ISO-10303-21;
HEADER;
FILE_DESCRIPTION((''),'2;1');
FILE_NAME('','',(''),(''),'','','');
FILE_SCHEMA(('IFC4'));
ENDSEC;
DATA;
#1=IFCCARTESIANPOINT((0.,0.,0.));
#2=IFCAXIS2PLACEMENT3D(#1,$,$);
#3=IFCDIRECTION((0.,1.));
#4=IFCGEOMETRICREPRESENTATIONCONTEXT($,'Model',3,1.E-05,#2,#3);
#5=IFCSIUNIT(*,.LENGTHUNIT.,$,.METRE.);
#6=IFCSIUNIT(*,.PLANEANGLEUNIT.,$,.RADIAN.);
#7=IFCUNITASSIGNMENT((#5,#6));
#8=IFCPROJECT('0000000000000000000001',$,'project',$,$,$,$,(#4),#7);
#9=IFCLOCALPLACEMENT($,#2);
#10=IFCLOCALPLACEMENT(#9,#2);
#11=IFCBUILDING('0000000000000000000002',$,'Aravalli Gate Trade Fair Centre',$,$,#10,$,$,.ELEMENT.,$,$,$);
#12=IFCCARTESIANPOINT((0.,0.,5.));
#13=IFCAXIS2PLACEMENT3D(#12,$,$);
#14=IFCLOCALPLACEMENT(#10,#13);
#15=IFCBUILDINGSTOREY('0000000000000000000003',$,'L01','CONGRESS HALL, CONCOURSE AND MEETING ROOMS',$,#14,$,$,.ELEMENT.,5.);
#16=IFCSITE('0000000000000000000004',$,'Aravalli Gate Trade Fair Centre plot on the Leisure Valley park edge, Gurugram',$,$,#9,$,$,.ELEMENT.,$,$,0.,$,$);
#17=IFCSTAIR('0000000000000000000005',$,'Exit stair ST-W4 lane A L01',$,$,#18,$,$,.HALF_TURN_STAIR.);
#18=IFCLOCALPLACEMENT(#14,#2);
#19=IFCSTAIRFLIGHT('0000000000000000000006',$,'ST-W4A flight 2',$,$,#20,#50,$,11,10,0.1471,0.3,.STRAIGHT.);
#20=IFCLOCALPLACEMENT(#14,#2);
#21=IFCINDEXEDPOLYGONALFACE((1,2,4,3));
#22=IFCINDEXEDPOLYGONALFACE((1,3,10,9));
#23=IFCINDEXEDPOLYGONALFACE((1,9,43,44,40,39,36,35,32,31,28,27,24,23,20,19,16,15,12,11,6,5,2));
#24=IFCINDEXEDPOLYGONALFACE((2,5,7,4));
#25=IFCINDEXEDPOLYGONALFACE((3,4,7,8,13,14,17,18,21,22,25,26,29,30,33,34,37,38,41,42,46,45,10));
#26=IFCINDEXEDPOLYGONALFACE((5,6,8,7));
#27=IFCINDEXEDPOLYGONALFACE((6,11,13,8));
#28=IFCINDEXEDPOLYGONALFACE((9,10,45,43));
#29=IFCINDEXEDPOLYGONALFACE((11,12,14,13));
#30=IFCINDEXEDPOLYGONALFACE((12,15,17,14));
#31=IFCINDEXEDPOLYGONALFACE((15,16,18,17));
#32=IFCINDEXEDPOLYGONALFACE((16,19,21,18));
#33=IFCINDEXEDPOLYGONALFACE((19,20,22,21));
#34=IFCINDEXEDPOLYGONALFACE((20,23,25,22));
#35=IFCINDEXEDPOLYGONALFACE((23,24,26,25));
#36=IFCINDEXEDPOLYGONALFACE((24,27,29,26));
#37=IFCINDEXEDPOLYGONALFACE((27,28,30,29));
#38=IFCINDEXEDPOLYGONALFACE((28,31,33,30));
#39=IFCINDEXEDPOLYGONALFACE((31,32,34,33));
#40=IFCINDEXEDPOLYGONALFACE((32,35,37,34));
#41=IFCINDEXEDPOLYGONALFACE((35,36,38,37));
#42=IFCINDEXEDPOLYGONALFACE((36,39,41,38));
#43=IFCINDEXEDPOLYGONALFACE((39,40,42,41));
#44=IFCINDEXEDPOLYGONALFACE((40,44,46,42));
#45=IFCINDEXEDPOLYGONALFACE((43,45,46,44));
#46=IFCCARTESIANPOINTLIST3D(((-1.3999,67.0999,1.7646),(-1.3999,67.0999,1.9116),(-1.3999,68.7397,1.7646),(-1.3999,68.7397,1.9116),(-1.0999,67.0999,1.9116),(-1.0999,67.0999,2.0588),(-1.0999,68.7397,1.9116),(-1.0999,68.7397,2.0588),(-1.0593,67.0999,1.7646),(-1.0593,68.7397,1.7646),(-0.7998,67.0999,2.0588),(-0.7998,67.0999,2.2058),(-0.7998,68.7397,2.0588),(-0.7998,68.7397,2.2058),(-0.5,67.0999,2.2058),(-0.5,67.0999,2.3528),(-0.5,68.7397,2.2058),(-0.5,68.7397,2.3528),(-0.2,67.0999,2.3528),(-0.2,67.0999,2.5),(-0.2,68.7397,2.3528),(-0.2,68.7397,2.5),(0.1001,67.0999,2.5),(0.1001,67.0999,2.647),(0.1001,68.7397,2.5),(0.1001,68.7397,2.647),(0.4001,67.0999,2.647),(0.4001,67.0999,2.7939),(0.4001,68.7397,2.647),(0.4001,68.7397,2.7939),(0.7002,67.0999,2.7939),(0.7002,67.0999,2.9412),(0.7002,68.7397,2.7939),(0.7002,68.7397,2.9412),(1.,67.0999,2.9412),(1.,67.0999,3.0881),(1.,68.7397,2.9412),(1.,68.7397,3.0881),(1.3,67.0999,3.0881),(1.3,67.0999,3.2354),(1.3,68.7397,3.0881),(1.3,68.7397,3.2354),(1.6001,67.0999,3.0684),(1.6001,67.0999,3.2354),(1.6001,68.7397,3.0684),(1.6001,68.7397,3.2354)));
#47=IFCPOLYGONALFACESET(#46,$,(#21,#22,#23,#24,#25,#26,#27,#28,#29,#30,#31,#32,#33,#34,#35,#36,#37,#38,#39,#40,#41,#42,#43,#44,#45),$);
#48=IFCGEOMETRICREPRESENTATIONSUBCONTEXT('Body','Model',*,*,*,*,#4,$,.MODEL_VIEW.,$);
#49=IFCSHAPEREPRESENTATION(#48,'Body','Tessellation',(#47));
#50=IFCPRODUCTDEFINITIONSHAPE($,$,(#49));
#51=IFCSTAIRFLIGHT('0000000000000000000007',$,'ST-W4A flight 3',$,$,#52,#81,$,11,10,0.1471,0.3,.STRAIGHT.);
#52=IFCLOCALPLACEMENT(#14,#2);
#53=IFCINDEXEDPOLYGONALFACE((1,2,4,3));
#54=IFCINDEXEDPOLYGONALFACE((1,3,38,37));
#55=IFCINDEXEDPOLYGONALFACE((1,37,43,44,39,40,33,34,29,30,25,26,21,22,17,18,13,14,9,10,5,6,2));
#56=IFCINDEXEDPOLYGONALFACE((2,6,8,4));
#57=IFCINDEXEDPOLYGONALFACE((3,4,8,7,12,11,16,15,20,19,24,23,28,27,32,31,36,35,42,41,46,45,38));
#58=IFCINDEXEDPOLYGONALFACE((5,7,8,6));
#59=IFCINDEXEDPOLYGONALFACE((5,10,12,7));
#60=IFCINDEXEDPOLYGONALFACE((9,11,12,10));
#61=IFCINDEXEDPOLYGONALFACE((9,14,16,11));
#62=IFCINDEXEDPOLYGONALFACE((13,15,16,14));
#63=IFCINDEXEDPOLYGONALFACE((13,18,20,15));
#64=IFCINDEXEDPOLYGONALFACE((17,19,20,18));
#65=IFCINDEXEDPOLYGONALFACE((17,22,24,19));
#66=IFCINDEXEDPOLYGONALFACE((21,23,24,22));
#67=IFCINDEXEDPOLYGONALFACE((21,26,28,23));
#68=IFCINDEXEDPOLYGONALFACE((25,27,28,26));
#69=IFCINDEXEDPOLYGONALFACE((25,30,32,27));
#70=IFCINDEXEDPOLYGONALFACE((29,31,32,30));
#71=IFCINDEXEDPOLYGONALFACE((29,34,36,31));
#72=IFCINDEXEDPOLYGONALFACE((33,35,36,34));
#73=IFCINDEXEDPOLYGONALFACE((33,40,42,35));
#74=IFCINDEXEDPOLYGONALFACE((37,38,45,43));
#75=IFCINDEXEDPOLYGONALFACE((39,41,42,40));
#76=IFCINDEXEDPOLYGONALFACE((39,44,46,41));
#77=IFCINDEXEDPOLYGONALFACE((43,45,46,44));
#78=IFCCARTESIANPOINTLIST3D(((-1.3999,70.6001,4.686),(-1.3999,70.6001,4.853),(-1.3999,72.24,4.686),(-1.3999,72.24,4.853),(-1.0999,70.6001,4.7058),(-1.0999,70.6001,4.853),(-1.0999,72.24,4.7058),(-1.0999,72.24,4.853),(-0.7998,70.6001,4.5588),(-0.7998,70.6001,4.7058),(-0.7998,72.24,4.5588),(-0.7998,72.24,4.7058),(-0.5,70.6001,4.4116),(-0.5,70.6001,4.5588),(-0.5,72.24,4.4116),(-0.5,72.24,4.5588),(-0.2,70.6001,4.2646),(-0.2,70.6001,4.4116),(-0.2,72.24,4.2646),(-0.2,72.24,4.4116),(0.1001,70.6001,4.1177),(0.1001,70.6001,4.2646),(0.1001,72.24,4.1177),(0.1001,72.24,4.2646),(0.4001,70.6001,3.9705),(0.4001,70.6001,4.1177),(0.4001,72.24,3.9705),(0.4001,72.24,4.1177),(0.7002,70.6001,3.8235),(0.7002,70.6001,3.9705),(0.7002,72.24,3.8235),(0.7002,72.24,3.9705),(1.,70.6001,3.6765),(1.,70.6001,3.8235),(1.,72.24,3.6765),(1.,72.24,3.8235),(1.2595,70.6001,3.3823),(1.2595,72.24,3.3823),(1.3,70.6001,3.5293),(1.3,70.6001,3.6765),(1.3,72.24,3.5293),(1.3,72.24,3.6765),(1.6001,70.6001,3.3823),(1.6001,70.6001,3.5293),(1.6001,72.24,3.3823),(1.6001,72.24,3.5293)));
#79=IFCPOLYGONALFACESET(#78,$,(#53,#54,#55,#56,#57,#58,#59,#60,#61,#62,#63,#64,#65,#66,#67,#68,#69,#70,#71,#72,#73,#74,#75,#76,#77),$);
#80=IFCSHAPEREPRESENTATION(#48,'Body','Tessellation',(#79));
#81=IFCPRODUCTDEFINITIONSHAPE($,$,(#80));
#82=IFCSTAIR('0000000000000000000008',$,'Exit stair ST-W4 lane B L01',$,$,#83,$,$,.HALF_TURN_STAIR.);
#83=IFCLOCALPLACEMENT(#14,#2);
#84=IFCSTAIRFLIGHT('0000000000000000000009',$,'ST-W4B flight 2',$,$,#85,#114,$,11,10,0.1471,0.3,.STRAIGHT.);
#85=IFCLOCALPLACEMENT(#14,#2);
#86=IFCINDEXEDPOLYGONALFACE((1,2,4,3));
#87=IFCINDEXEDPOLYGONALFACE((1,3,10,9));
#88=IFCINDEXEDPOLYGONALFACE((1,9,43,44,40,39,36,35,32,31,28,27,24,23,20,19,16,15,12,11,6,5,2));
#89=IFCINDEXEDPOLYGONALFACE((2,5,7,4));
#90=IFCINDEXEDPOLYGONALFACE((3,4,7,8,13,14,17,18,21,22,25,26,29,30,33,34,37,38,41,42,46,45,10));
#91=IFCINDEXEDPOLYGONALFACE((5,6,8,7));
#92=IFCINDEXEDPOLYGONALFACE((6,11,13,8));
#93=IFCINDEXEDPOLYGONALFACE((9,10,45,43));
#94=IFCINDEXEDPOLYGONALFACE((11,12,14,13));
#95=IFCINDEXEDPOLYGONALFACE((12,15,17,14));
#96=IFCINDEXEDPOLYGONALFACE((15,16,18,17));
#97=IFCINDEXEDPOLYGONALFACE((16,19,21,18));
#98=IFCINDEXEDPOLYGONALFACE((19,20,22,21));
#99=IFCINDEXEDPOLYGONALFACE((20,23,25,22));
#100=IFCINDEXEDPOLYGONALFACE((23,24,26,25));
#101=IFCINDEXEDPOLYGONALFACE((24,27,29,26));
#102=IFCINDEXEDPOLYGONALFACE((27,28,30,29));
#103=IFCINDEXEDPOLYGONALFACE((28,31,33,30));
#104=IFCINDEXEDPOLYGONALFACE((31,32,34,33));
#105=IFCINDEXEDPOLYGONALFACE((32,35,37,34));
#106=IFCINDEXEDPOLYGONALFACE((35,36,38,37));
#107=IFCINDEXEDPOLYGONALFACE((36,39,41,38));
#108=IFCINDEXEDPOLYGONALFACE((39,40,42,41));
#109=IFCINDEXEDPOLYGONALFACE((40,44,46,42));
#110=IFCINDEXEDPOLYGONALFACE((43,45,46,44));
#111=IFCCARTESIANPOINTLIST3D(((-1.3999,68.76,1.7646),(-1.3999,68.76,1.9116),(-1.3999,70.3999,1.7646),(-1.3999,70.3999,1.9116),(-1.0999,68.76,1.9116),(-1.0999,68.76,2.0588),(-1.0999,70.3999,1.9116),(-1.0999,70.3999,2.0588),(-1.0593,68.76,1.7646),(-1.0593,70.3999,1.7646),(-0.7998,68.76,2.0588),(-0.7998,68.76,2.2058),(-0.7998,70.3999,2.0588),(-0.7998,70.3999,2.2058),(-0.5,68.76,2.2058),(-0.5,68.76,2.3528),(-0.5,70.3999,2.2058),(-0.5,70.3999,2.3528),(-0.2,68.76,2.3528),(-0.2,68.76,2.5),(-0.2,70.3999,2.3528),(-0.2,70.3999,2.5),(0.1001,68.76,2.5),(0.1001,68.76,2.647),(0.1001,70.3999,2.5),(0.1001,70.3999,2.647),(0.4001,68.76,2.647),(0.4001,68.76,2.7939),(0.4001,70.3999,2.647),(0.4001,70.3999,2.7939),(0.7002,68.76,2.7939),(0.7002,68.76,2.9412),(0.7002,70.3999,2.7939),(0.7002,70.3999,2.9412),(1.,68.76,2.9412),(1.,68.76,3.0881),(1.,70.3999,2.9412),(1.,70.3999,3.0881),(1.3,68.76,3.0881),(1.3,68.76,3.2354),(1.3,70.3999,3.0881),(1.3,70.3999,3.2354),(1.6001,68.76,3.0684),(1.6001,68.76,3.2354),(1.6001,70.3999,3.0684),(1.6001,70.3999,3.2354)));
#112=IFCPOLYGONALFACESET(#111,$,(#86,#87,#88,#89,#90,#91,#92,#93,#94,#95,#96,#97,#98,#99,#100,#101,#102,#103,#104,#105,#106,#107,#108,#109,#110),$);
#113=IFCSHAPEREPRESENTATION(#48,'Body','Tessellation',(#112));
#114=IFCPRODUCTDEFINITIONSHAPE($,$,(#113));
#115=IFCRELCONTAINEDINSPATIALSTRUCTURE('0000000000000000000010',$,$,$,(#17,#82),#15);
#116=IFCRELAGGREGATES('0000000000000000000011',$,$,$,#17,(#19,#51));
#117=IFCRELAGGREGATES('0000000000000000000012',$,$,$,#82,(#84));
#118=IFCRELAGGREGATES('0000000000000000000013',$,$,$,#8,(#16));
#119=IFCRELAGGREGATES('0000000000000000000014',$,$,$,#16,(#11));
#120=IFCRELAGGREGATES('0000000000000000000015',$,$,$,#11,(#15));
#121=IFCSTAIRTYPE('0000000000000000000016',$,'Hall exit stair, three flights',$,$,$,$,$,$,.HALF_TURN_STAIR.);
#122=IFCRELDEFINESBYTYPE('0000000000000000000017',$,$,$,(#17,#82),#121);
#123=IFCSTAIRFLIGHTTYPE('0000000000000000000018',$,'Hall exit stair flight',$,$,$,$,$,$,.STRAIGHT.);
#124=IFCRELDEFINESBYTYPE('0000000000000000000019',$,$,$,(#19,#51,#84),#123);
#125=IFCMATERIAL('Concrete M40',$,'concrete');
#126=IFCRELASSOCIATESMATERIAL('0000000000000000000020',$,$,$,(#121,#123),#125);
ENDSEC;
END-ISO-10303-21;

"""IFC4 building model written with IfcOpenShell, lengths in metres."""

from ifc_helpers import new_model, si_unit, direction, frame, origin, place, context, subcontext, project, spatial, polyline, outline, extrude, material, type_object, element, aggregate, save


model = new_model("IFC4")

# Units and contexts
model_context = context("Model", 3, precision=1e-05, world=origin(), true_north=direction((0.0, 1.0)))
body_context = subcontext(model_context, "Body", "Model", "MODEL_VIEW")
ifc_project = project(units=[si_unit("LENGTHUNIT", "METRE"), si_unit("PLANEANGLEUNIT", "RADIAN")], contexts=[model_context])

# Site, building, storey
site_placement = place(None, origin())
site = spatial("IfcSite", under=ifc_project, at=site_placement, Name="Aravalli Gate Trade Fair Centre plot on the Leisure Valley park edge, Gurugram", CompositionType="ELEMENT", RefElevation=0.0)
building_placement = place(site_placement, origin())
building = spatial("IfcBuilding", under=site, at=building_placement, Name="Aravalli Gate Trade Fair Centre", CompositionType="ELEMENT")
storey_placement = place(building_placement, frame((0.0, 0.0, 5.0)))
storey = spatial("IfcBuildingStorey", under=building, at=storey_placement, Name="L01", Description="CONGRESS HALL, CONCOURSE AND MEETING ROOMS", CompositionType="ELEMENT", Elevation=5.0)

# Shared definitions
ifc_material_1 = material(Name="Concrete M40", Category="concrete")

# Stair, stair flights
stair_type = type_object("IfcStairType", Name="Hall exit stair, three flights", PredefinedType="HALF_TURN_STAIR", material=ifc_material_1)
stair_1_placement = place(storey_placement, origin())
stair_1 = element("IfcStair", 1, at=stair_1_placement, inside=storey, type_object=stair_type, Name="Exit stair ST-W4 lane A L01", PredefinedType="HALF_TURN_STAIR")
stair_flight_type = type_object("IfcStairFlightType", Name="Hall exit stair flight", PredefinedType="STRAIGHT", material=ifc_material_1)
stair_flight_1_placement = place(storey_placement, frame((-1.3999, 67.9199, 1.7646), z_axis=(0.0, 0.0, 1.0), x_axis=(1.0, 0.0, 0.0)))
stair_flight_1 = element("IfcStairFlight", 2, at=stair_flight_1_placement, type_object=stair_flight_type, Name="ST-W4A flight 2", NumberOfRisers=11, NumberOfTreads=10, PredefinedType="STRAIGHT", RiserHeight=0.1471, TreadLength=0.3, context=body_context, shape_type="SweptSolid", body=[
    extrude(outline(polyline([(0.0, 0.0), (0.0, 0.147), (0.3, 0.147), (0.3, 0.2942), (0.6001, 0.2942), (0.6001, 0.4412), (0.8999, 0.4412), (0.8999, 0.5881), (1.2, 0.5881), (1.2, 0.7354), (1.5, 0.7354), (1.5, 0.8823), (1.8, 0.8823), (1.8, 1.0293), (2.1001, 1.0293), (2.1001, 1.1765), (2.3999, 1.1765), (2.3999, 1.3235), (2.7, 1.3235), (2.7, 1.4707), (3.0, 1.4707), (3.0, 1.6177), (3.0, 1.3037), (0.3406, 0.0), (0.0, 0.0)])), frame((0.0, 0.8198, 0.0), z_axis=(0.0, -1.0, 0.0), x_axis=(1.0, 0.0, 0.0)), (0.0, 0.0, 1.0), 1.6399),
])
stair_flight_2_placement = place(storey_placement, frame((1.6001, 71.4199, 3.3823), z_axis=(0.0, 0.0, 1.0), x_axis=(-1.0, 0.0, 0.0)))
stair_flight_2 = element("IfcStairFlight", 3, at=stair_flight_2_placement, type_object=stair_flight_type, Name="ST-W4A flight 3", NumberOfRisers=11, NumberOfTreads=10, PredefinedType="STRAIGHT", RiserHeight=0.1471, TreadLength=0.3, context=body_context, shape_type="SweptSolid", body=[
    extrude(outline(polyline([(0.0, 0.0), (0.0, 0.147), (0.3, 0.147), (0.3, 0.2942), (0.6001, 0.2942), (0.6001, 0.4412), (0.8999, 0.4412), (0.8999, 0.5881), (1.2, 0.5881), (1.2, 0.7354), (1.5, 0.7354), (1.5, 0.8823), (1.8, 0.8823), (1.8, 1.0293), (2.1001, 1.0293), (2.1001, 1.1765), (2.3999, 1.1765), (2.3999, 1.3235), (2.7, 1.3235), (2.7, 1.4707), (3.0, 1.4707), (3.0, 1.6177), (3.0, 1.3037), (0.3406, 0.0), (0.0, 0.0)])), frame((0.0, 0.8198, 0.0), z_axis=(0.0, -1.0, 0.0), x_axis=(1.0, 0.0, 0.0)), (0.0, 0.0, 1.0), 1.6399),
])
aggregate(stair_1, [stair_flight_1, stair_flight_2])

# Stair, stair flight
stair_2_placement = place(storey_placement, origin())
stair_2 = element("IfcStair", 4, at=stair_2_placement, inside=storey, type_object=stair_type, Name="Exit stair ST-W4 lane B L01", PredefinedType="HALF_TURN_STAIR")
stair_flight_3_placement = place(storey_placement, frame((-1.3999, 69.5801, 1.7646), z_axis=(0.0, 0.0, 1.0), x_axis=(1.0, 0.0, 0.0)))
stair_flight_3 = element("IfcStairFlight", 5, at=stair_flight_3_placement, type_object=stair_flight_type, Name="ST-W4B flight 2", NumberOfRisers=11, NumberOfTreads=10, PredefinedType="STRAIGHT", RiserHeight=0.1471, TreadLength=0.3, context=body_context, shape_type="SweptSolid", body=[
    extrude(outline(polyline([(0.0, 0.0), (0.0, 0.147), (0.3, 0.147), (0.3, 0.2942), (0.6001, 0.2942), (0.6001, 0.4412), (0.8999, 0.4412), (0.8999, 0.5881), (1.2, 0.5881), (1.2, 0.7354), (1.5, 0.7354), (1.5, 0.8823), (1.8, 0.8823), (1.8, 1.0293), (2.1001, 1.0293), (2.1001, 1.1765), (2.3999, 1.1765), (2.3999, 1.3235), (2.7, 1.3235), (2.7, 1.4707), (3.0, 1.4707), (3.0, 1.6177), (3.0, 1.3037), (0.3406, 0.0), (0.0, 0.0)])), frame((0.0, 0.8198, 0.0), z_axis=(0.0, -1.0, 0.0), x_axis=(1.0, 0.0, 0.0)), (0.0, 0.0, 1.0), 1.6399),
])
aggregate(stair_2, [stair_flight_3])

save(model, "model.ifc")
